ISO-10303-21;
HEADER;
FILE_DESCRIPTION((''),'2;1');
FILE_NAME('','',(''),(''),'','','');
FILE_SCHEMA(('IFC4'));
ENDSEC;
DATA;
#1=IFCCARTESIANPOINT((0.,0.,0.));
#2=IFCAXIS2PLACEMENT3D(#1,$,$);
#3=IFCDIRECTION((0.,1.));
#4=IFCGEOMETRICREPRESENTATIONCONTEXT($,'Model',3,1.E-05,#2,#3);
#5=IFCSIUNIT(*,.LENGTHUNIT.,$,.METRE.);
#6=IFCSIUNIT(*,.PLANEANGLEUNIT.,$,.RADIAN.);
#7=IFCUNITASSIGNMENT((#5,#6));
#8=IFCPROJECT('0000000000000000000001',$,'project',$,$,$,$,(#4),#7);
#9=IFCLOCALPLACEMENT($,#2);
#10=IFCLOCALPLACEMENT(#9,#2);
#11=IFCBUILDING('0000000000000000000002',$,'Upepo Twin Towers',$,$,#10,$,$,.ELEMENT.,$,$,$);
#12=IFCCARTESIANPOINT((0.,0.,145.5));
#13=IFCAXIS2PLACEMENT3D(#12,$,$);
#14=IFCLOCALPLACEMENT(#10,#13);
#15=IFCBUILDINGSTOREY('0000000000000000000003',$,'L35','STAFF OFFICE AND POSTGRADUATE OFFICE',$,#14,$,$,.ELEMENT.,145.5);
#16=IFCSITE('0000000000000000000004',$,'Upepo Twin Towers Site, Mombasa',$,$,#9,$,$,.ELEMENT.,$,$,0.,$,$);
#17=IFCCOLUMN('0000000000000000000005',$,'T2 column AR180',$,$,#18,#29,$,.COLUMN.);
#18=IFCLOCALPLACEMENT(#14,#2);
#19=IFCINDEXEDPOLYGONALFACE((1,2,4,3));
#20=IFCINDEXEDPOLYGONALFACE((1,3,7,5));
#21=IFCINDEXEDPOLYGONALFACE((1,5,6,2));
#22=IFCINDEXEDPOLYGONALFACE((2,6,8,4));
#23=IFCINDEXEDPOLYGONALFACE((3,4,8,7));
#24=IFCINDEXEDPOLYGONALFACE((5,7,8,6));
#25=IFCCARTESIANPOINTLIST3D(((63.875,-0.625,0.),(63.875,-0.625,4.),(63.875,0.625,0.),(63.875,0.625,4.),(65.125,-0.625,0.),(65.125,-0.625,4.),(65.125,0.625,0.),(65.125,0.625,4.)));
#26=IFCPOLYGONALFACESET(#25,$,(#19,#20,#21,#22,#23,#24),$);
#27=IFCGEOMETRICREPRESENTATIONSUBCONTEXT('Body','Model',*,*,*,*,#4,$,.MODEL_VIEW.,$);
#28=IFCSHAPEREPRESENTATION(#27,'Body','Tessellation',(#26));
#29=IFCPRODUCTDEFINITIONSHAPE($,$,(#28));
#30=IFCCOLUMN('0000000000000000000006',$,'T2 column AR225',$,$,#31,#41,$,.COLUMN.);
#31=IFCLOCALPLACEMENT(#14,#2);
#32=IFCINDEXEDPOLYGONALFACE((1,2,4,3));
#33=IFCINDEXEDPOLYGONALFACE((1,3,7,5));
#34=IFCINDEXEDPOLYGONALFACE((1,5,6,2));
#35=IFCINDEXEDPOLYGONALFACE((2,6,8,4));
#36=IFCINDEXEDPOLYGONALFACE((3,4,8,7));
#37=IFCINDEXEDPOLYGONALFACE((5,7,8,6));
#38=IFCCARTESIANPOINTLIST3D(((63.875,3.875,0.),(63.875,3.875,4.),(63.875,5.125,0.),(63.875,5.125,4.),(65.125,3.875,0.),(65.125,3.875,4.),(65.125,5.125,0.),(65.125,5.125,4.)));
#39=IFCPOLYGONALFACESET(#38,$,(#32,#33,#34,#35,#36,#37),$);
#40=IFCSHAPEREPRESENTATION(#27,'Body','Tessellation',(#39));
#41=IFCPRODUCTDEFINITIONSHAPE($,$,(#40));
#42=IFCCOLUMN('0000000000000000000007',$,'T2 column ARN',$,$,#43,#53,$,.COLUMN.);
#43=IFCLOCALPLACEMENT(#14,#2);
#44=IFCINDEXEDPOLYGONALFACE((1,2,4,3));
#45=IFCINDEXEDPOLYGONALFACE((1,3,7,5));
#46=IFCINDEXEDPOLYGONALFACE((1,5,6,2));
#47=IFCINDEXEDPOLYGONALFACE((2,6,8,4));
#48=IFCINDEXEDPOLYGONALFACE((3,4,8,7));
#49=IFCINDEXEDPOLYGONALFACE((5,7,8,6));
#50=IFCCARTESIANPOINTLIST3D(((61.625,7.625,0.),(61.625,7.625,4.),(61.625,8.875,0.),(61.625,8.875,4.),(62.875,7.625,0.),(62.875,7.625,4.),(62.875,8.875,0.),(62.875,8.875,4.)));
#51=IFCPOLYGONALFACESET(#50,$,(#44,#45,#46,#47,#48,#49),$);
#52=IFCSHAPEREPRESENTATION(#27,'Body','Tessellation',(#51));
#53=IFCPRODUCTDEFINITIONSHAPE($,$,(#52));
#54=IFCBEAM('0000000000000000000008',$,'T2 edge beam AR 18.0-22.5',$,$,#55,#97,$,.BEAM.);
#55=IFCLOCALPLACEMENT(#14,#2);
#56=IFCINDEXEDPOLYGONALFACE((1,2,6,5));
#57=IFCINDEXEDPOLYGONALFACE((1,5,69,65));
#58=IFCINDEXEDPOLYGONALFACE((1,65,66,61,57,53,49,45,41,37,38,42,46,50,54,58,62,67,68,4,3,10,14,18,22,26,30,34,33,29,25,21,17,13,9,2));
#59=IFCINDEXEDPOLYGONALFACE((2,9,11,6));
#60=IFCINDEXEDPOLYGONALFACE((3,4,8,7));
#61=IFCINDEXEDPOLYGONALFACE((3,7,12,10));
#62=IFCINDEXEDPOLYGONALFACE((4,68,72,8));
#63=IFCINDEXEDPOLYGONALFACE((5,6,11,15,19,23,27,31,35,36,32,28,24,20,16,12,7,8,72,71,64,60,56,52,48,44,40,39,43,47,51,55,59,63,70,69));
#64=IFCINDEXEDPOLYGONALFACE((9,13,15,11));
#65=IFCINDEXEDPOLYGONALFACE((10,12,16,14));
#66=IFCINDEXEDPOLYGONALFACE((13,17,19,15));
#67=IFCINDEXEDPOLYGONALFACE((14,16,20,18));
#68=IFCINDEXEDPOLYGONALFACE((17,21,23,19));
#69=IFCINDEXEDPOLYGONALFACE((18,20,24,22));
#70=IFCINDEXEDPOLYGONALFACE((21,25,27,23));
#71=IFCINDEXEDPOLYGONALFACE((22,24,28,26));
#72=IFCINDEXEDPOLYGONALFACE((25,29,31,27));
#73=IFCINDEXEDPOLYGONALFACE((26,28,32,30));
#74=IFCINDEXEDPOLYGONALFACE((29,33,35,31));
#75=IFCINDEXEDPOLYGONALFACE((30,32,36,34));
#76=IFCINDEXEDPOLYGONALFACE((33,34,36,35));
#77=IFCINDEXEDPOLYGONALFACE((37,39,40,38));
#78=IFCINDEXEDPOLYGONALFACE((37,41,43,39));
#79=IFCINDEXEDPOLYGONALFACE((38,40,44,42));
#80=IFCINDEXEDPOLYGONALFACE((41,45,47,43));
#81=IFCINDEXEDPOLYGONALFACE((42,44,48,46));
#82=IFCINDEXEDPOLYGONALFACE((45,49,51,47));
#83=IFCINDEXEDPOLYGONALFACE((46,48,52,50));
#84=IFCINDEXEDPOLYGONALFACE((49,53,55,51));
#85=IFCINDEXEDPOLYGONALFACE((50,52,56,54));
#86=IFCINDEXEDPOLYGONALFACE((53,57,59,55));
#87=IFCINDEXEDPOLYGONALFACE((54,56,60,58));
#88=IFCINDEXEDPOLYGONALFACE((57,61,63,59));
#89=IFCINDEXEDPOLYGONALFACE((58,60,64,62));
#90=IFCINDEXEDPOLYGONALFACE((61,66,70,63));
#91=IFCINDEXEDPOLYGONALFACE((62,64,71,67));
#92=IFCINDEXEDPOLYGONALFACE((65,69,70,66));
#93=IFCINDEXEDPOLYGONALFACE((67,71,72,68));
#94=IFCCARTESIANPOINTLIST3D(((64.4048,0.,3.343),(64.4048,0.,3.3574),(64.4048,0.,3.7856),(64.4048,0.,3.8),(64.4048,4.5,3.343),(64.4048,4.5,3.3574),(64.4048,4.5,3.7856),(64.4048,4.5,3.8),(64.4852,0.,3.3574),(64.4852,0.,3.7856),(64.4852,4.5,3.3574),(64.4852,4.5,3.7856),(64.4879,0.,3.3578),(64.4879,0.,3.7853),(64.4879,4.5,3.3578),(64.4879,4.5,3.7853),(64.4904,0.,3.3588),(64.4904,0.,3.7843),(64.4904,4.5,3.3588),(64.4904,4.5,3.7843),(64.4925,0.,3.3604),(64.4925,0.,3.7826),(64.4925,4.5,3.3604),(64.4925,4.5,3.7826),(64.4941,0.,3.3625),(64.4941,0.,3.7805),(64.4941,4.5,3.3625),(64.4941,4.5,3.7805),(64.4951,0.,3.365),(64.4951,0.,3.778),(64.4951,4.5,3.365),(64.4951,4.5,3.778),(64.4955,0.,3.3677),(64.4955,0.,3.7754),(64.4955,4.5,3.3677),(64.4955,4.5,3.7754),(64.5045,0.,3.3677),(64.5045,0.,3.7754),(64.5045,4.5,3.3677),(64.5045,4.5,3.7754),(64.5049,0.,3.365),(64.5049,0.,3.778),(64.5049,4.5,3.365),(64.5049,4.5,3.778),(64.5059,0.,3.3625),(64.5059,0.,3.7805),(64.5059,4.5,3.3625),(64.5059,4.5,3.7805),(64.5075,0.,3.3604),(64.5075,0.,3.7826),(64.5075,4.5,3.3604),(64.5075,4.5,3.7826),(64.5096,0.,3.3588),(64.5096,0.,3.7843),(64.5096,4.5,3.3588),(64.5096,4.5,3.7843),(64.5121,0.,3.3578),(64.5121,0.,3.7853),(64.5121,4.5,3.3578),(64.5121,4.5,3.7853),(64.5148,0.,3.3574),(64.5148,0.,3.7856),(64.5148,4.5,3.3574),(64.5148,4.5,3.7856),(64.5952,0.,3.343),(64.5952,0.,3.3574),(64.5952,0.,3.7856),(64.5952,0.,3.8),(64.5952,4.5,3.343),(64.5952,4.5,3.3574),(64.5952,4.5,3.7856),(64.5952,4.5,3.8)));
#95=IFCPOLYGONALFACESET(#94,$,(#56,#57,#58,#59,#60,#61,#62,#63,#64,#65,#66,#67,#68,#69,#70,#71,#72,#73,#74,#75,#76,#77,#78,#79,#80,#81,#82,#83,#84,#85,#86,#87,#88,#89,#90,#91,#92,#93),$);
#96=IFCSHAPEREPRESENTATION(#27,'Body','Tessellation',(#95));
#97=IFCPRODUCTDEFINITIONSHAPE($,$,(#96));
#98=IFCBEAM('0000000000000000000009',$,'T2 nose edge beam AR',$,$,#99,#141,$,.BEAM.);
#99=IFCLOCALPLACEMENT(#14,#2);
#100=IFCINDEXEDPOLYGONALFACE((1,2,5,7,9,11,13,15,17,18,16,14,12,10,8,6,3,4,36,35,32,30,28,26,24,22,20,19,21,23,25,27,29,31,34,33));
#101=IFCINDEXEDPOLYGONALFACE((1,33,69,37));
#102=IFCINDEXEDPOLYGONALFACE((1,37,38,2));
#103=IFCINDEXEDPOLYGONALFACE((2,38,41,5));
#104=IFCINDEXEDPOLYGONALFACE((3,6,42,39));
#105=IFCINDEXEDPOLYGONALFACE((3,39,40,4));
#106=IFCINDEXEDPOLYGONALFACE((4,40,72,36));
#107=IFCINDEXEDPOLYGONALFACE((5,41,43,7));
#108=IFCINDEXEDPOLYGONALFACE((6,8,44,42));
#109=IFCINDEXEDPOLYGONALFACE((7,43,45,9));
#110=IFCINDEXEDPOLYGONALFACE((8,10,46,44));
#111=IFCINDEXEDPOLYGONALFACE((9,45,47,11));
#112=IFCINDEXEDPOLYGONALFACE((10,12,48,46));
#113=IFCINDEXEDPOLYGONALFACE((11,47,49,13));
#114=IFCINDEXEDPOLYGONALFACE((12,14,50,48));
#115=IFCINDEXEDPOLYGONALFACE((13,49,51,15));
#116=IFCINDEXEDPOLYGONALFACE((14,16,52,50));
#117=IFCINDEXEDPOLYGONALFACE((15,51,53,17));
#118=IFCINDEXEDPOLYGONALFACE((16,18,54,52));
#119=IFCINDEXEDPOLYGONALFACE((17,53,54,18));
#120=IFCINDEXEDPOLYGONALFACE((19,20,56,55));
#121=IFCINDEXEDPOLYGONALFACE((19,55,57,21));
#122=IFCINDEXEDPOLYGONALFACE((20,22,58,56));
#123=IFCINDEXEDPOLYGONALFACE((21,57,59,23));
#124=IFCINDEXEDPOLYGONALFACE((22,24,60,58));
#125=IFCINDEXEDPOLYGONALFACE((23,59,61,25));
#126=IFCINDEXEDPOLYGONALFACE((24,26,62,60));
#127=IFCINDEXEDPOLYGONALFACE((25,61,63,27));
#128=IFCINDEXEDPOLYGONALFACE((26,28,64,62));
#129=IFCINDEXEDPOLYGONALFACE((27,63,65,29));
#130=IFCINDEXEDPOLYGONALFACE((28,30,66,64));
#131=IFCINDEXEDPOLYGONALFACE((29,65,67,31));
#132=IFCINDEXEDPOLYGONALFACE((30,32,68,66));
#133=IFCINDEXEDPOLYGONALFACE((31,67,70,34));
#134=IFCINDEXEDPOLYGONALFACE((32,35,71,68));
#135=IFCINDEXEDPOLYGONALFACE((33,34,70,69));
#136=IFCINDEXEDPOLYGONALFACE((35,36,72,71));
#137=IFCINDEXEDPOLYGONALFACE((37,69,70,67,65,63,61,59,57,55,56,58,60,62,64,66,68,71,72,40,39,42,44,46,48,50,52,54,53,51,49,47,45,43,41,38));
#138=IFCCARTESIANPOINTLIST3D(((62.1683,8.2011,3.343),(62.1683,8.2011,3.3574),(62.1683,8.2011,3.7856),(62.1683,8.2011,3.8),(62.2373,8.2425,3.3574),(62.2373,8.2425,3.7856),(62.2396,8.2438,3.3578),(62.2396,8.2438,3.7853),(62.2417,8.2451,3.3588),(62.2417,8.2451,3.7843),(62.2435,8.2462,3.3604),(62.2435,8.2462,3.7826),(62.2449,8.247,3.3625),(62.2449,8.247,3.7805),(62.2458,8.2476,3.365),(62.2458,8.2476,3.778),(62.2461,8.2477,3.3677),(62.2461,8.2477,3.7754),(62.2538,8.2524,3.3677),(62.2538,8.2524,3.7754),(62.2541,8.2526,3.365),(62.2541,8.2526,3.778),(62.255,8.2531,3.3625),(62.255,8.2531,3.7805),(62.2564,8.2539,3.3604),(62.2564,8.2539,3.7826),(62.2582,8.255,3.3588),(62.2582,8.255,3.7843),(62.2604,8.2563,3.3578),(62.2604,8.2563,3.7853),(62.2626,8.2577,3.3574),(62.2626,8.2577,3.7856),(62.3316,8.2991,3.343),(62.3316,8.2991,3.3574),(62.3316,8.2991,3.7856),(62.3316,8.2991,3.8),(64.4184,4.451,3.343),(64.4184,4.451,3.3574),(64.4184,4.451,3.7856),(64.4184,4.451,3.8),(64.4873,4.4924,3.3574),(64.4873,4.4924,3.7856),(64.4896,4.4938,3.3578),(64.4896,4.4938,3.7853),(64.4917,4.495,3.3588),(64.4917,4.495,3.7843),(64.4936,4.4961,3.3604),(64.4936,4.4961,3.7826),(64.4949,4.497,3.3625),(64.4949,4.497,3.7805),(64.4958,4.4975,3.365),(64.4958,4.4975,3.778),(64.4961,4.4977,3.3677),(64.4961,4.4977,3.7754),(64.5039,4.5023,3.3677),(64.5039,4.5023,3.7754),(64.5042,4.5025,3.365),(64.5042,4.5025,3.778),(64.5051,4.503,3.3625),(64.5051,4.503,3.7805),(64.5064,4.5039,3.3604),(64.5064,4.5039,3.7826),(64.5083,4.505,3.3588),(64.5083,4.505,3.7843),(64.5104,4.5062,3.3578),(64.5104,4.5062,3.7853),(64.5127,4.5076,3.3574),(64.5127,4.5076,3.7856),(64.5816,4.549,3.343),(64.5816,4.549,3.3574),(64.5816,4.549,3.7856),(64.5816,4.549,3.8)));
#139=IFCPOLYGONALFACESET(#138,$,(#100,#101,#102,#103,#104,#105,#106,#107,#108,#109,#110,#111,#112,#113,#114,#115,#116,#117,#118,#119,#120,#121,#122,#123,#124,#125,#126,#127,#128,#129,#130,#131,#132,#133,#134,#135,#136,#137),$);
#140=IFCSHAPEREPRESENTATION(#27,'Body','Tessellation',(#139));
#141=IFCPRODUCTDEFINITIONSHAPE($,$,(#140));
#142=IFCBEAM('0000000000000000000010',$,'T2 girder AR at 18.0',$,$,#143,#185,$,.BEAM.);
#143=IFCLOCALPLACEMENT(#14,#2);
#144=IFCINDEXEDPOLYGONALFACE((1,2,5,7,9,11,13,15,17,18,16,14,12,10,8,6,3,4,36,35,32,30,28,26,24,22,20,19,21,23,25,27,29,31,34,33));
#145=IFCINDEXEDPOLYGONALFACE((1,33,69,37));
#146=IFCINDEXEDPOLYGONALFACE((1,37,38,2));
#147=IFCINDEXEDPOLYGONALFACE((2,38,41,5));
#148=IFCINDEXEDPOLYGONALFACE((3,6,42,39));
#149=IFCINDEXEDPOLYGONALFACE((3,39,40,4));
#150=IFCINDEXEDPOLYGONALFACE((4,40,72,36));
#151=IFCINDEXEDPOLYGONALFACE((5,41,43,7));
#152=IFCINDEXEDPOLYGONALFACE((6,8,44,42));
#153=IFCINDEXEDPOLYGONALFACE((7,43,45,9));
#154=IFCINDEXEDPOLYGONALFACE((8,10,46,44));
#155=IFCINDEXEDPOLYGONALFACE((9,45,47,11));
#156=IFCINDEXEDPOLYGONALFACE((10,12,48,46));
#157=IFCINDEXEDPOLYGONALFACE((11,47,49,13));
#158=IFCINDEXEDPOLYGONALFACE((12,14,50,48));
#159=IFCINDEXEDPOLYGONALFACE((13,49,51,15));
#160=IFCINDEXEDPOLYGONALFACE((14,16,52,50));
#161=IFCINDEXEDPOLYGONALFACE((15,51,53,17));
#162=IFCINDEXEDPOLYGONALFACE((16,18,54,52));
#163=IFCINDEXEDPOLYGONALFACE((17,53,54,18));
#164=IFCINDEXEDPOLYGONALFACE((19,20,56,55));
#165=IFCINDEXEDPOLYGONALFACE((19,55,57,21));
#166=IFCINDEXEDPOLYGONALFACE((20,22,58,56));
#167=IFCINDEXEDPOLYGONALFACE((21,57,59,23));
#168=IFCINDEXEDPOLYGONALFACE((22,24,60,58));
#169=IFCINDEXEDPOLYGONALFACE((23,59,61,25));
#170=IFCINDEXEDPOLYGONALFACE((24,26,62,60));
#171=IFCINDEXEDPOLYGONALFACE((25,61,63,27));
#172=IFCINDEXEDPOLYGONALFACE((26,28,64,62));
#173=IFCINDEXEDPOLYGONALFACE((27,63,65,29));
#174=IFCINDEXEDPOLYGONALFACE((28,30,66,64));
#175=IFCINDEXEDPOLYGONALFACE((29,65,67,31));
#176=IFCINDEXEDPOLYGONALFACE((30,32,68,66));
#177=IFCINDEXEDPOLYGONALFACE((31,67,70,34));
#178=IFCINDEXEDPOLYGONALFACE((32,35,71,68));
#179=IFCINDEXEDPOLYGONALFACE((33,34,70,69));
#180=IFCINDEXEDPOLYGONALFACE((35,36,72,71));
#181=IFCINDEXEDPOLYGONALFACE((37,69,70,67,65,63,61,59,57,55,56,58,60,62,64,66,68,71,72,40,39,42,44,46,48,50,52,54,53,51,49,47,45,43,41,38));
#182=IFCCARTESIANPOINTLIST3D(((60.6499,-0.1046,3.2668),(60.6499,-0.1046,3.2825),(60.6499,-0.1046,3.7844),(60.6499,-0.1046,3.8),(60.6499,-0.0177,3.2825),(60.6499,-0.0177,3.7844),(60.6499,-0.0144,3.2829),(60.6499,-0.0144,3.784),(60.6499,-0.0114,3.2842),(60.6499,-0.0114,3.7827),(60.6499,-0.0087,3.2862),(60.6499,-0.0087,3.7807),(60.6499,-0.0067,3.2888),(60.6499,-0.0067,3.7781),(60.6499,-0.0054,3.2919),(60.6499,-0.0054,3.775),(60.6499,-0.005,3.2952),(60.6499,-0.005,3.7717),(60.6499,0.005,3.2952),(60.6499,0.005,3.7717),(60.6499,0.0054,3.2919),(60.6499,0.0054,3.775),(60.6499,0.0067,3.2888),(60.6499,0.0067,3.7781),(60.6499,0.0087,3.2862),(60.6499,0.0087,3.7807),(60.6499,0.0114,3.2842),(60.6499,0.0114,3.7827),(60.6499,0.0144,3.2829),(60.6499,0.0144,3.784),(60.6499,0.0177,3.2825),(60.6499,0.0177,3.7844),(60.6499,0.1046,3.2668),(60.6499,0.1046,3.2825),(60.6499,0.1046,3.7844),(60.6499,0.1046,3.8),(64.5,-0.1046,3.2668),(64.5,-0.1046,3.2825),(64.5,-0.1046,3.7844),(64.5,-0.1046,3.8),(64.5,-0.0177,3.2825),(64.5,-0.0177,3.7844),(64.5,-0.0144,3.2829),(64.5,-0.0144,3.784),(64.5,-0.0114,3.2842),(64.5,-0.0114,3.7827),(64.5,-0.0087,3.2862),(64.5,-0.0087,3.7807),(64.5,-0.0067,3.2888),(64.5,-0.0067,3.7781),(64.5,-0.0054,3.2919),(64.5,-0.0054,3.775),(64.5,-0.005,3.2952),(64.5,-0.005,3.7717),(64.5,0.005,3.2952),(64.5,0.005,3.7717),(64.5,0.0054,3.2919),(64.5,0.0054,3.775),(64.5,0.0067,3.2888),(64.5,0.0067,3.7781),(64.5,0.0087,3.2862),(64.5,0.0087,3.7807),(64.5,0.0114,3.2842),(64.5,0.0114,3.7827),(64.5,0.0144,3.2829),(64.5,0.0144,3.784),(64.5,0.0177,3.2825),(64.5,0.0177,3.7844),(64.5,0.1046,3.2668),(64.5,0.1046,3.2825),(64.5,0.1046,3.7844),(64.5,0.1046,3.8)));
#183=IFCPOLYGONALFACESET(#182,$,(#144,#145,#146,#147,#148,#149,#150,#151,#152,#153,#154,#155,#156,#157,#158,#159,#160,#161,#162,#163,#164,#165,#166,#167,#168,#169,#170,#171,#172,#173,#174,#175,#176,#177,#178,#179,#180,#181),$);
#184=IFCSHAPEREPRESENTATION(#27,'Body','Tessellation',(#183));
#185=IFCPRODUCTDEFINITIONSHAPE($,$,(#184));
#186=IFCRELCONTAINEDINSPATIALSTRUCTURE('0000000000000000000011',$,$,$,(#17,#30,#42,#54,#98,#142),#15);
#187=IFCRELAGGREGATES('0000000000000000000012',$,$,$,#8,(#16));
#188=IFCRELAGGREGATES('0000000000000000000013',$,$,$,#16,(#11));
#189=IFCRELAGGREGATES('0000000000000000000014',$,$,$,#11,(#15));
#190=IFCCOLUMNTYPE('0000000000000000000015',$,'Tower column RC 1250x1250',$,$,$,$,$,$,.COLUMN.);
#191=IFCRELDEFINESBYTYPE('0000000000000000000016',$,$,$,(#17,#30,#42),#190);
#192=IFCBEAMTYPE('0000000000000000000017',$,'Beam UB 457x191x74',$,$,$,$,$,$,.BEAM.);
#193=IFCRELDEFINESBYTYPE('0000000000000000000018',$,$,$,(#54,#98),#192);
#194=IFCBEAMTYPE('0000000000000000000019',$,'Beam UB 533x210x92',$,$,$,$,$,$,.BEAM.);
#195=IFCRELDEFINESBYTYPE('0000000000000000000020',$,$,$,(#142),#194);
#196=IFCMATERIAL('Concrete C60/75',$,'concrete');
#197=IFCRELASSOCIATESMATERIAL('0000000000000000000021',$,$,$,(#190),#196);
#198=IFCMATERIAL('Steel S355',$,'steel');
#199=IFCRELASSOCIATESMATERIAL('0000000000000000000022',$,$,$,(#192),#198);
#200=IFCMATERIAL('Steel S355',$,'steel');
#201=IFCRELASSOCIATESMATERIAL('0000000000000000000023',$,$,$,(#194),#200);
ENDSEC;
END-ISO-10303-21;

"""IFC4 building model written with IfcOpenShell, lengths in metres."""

from ifc_helpers import new_model, si_unit, direction, frame, origin, origin_2d, place, context, subcontext, project, spatial, rectangle, i_section, extrude, material, material_profile, profile_set, type_object, element, save


model = new_model("IFC4")

# Units and contexts
model_context = context("Model", 3, precision=1e-05, world=origin(), true_north=direction((0.0, 1.0)))
body_context = subcontext(model_context, "Body", "Model", "MODEL_VIEW")
ifc_project = project(units=[si_unit("LENGTHUNIT", "METRE"), si_unit("PLANEANGLEUNIT", "RADIAN")], contexts=[model_context])

# Site, building, storey
site_placement = place(None, origin())
site = spatial("IfcSite", under=ifc_project, at=site_placement, Name="Upepo Twin Towers Site, Mombasa", CompositionType="ELEMENT", RefElevation=0.0)
building_placement = place(site_placement, origin())
building = spatial("IfcBuilding", under=site, at=building_placement, Name="Upepo Twin Towers", CompositionType="ELEMENT")
storey_placement = place(building_placement, frame((0.0, 0.0, 145.5)))
storey = spatial("IfcBuildingStorey", under=building, at=storey_placement, Name="L35", Description="STAFF OFFICE AND POSTGRADUATE OFFICE", CompositionType="ELEMENT", Elevation=145.5)

# Columns
ifc_material_1 = material(Name="Concrete C60/75", Category="concrete")
ifc_material_profile_1 = material_profile(ifc_material_1, rectangle(XDim=1.25, YDim=1.25, at=origin_2d()), Name="RC 1250x1250")
ifc_profile_set_1 = profile_set([ifc_material_profile_1], Name="Concrete C60/75")
column_type = type_object("IfcColumnType", Name="Tower column RC 1250x1250", PredefinedType="COLUMN", material=ifc_profile_set_1)
for number, where, z_axis, x_axis, name in (
    (1, (64.5, 0.0, 0.0), (0.0, 0.0, 1.0), (1.0, 0.0, 0.0), "T2 column AR180"),
    (2, (64.5, 4.5, 0.0), (0.0, 0.0, 1.0), (1.0, 0.0, 0.0), "T2 column AR225"),
    (3, (62.25, 8.25, 0.0), (0.0, 0.0, 1.0), (1.0, 0.0, 0.0), "T2 column ARN"),
):
    element("IfcColumn", number, at=place(storey_placement, frame(where, z_axis=z_axis, x_axis=x_axis)), inside=storey, type_object=column_type, Name=name, PredefinedType="COLUMN", context=body_context, shape_type="SweptSolid", body=[
        extrude(rectangle(XDim=1.25, YDim=1.25, at=origin_2d()), origin(), (0.0, 0.0, 1.0), 4.0),
    ])

# Beams
ifc_material_2 = material(Name="Steel S355", Category="steel")
ifc_material_profile_2 = material_profile(ifc_material_2, i_section(OverallWidth=0.1904, OverallDepth=0.457, WebThickness=0.009, FlangeThickness=0.0144, FilletRadius=0.0103, at=origin_2d()), Name="UB 457x191x74")
ifc_profile_set_2 = profile_set([ifc_material_profile_2], Name="Steel S355")
beam_type_1 = type_object("IfcBeamType", Name="Beam UB 457x191x74", PredefinedType="BEAM", material=ifc_profile_set_2)
beam_1_placement = place(storey_placement, frame((64.5, 0.0, 3.5715), z_axis=(0.0, 1.0, 0.0), x_axis=(-1.0, 0.0, 0.0)))
element("IfcBeam", 4, at=beam_1_placement, inside=storey, type_object=beam_type_1, Name="T2 edge beam AR 18.0-22.5", PredefinedType="BEAM", context=body_context, shape_type="SweptSolid", body=[
    extrude(i_section(OverallWidth=0.1904, OverallDepth=0.457, WebThickness=0.009, FlangeThickness=0.0144, FilletRadius=0.0103, at=origin_2d()), origin(), (0.0, 0.0, 1.0), 4.5),
])
beam_2_placement = place(storey_placement, frame((64.5, 4.5, 3.5715), z_axis=(-0.514496, 0.857493, 0.0), x_axis=(-0.857493, -0.514496, 0.0)))
element("IfcBeam", 5, at=beam_2_placement, inside=storey, type_object=beam_type_1, Name="T2 nose edge beam AR", PredefinedType="BEAM", context=body_context, shape_type="SweptSolid", body=[
    extrude(i_section(OverallWidth=0.1904, OverallDepth=0.457, WebThickness=0.009, FlangeThickness=0.0144, FilletRadius=0.0103, at=origin_2d()), origin(), (0.0, 0.0, 1.0), 4.3733),
])
ifc_material_3 = material(Name="Steel S355", Category="steel")
ifc_material_profile_3 = material_profile(ifc_material_3, i_section(OverallWidth=0.2092, OverallDepth=0.5332, WebThickness=0.01, FlangeThickness=0.0156, FilletRadius=0.0127, at=origin_2d()), Name="UB 533x210x92")
ifc_profile_set_3 = profile_set([ifc_material_profile_3], Name="Steel S355")
beam_type_2 = type_object("IfcBeamType", Name="Beam UB 533x210x92", PredefinedType="BEAM", material=ifc_profile_set_3)
for number, where, z_axis, x_axis, name in (
    (6, (64.5, 0.0, 3.5334), (-1.0, 0.0, 0.0), (0.0, -1.0, 0.0), "T2 girder AR at 18.0"),
):
    element("IfcBeam", number, at=place(storey_placement, frame(where, z_axis=z_axis, x_axis=x_axis)), inside=storey, type_object=beam_type_2, Name=name, PredefinedType="BEAM", context=body_context, shape_type="SweptSolid", body=[
        extrude(i_section(OverallWidth=0.2092, OverallDepth=0.5332, WebThickness=0.01, FlangeThickness=0.0156, FilletRadius=0.0127, at=origin_2d()), origin(), (0.0, 0.0, 1.0), 3.8501),
    ])

save(model, "model.ifc")
